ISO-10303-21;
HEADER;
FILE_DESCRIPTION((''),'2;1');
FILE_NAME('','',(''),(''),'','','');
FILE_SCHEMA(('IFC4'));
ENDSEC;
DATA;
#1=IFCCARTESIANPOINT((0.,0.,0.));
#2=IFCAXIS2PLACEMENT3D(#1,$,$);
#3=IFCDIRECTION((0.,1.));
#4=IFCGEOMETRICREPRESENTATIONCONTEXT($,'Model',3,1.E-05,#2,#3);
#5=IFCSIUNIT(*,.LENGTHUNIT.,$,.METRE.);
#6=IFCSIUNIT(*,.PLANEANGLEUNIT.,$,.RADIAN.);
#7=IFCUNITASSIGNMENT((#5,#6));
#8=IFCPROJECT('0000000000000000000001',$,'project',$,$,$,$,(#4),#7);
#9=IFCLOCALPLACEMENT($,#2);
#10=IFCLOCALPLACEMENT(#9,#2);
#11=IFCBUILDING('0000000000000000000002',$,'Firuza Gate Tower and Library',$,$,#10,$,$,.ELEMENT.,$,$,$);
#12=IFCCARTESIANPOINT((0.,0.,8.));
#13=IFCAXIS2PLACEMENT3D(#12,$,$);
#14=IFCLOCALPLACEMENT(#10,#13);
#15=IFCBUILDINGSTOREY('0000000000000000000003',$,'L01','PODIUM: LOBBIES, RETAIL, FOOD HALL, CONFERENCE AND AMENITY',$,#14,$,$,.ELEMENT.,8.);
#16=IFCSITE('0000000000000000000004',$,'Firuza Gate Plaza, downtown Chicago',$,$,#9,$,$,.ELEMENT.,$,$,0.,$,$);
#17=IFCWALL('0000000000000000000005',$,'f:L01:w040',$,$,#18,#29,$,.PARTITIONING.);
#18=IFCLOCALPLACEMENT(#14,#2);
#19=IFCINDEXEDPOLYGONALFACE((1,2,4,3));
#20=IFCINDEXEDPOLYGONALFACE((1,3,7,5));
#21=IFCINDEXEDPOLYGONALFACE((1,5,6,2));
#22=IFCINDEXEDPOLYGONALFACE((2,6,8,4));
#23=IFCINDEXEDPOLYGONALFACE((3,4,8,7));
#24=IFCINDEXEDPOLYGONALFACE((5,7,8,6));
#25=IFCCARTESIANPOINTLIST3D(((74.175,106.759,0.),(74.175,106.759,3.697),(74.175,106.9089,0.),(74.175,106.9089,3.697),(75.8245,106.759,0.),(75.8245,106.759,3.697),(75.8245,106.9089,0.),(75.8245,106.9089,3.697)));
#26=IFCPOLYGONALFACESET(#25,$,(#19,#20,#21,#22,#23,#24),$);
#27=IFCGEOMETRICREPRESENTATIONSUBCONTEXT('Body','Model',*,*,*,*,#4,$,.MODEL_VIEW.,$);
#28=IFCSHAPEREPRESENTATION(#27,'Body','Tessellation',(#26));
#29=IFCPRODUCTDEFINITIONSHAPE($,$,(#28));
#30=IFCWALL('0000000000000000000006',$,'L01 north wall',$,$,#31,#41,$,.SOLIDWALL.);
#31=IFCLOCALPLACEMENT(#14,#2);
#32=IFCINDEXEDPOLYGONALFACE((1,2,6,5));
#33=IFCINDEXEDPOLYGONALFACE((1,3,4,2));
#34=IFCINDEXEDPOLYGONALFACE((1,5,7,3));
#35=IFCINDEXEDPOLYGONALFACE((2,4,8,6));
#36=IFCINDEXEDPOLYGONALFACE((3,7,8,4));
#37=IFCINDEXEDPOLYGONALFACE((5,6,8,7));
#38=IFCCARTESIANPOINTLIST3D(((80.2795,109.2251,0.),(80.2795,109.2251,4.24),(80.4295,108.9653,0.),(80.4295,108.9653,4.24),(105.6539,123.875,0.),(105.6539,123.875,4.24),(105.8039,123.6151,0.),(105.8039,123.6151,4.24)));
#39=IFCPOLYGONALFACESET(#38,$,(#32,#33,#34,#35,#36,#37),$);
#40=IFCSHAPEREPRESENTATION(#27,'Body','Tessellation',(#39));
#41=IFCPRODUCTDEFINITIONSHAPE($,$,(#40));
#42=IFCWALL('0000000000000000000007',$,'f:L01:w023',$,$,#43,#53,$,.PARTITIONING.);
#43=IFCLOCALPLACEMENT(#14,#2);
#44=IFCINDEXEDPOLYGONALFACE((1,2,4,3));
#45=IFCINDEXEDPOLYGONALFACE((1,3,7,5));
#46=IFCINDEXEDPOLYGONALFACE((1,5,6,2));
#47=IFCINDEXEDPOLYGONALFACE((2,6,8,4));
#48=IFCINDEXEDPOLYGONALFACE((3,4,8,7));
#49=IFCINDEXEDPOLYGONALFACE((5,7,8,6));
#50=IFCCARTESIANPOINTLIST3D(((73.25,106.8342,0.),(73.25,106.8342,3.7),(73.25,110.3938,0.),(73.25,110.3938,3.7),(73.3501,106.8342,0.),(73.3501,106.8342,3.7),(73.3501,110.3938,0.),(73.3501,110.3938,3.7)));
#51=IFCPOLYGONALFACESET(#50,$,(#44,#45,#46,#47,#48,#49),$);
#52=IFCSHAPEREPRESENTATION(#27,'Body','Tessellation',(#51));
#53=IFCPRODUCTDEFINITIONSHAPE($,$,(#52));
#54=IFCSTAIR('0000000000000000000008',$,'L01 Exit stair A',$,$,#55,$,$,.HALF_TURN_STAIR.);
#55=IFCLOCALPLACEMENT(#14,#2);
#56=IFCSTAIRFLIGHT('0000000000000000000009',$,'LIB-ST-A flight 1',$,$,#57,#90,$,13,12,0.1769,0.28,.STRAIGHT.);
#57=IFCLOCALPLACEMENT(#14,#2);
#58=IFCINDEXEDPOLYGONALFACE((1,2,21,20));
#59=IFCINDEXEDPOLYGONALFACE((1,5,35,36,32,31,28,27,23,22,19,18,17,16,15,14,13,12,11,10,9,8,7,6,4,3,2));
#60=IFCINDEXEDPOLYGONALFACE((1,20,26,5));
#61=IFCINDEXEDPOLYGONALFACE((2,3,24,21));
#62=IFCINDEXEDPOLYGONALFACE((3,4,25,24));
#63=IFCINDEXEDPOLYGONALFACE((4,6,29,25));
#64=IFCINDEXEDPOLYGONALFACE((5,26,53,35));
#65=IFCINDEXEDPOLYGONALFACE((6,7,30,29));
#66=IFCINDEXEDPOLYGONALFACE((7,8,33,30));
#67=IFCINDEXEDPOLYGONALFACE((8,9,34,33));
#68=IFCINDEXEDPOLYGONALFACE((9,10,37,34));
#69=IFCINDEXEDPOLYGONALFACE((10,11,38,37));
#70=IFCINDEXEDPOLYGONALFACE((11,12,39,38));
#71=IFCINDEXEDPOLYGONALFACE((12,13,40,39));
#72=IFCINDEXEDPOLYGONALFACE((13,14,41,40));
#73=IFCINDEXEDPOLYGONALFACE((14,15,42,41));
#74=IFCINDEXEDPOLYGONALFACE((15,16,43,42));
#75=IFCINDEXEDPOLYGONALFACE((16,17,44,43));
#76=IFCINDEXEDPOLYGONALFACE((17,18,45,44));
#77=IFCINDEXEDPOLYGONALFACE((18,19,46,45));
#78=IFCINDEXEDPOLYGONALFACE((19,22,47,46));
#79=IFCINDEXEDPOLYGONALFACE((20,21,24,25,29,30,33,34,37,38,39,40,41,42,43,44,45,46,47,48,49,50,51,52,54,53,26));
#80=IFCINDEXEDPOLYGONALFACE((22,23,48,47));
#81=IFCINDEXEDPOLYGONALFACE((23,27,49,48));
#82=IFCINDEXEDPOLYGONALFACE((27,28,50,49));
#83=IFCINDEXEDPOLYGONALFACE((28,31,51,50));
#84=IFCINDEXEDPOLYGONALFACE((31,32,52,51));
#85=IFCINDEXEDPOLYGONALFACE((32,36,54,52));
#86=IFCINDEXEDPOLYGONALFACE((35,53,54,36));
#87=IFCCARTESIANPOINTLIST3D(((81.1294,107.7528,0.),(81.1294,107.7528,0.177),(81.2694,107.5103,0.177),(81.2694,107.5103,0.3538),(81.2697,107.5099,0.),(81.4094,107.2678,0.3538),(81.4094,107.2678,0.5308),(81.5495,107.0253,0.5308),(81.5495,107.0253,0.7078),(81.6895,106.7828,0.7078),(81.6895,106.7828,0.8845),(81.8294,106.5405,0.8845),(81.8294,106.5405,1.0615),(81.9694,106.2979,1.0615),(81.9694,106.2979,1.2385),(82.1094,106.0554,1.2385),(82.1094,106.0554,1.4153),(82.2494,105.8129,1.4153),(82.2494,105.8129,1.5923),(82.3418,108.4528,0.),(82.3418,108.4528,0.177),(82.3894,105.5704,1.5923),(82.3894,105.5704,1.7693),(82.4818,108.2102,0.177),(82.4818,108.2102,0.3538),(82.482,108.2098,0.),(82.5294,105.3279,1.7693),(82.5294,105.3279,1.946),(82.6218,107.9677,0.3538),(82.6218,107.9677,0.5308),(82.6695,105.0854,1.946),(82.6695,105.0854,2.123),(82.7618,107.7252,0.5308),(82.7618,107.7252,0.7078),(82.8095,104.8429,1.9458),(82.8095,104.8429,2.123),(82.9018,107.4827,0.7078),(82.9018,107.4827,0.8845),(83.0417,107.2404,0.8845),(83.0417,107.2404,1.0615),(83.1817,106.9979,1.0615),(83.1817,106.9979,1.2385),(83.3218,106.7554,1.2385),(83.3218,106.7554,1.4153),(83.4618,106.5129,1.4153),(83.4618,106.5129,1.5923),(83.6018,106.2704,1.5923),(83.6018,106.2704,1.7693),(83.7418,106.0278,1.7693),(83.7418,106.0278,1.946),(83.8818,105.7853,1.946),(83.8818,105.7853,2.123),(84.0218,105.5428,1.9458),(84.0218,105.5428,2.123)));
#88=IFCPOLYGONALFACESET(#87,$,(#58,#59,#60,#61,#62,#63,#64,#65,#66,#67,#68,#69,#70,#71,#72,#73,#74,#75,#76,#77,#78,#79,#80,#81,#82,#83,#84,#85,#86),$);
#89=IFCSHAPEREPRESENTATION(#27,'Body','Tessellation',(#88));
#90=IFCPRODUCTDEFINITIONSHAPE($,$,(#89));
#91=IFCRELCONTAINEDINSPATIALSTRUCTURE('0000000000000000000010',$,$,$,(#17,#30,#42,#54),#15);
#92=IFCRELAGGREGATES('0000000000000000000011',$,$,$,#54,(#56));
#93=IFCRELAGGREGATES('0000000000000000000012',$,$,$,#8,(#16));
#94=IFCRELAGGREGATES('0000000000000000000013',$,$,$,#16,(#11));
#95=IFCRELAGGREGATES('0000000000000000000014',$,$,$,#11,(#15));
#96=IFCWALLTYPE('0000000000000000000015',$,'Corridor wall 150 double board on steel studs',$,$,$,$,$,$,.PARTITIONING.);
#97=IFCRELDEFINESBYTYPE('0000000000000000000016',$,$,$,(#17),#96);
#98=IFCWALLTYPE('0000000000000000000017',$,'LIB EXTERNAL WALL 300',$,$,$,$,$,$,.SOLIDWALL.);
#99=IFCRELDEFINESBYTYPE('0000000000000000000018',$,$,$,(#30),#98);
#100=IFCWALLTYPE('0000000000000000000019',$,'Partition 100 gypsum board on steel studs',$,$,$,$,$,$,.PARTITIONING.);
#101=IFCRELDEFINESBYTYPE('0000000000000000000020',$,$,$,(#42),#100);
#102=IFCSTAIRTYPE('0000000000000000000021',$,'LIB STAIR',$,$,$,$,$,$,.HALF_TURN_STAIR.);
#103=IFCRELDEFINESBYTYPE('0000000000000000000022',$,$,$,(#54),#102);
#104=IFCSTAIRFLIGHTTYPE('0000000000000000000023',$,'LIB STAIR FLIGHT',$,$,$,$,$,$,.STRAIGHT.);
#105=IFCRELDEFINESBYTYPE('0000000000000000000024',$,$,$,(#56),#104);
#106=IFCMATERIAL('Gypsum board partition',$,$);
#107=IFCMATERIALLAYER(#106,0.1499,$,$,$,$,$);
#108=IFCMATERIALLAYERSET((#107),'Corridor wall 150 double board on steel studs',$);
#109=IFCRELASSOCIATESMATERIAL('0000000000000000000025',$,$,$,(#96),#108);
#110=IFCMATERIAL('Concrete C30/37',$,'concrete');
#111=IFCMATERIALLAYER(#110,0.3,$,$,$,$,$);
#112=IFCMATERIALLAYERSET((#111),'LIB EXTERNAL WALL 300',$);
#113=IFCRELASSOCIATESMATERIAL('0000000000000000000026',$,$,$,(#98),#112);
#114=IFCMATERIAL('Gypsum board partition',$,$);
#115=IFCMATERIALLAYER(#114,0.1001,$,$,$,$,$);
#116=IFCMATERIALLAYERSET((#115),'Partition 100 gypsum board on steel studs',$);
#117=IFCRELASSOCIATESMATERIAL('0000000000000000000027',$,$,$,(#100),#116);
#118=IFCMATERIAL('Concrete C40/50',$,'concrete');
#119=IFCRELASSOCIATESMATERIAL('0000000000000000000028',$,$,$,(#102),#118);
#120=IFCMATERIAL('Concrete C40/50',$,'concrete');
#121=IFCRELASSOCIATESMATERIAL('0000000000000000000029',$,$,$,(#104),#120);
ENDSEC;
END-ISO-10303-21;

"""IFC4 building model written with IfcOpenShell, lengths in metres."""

from ifc_helpers import new_model, si_unit, direction, frame, frame_2d, origin, place, context, subcontext, project, spatial, polyline, rectangle, outline, extrude, material, layer, layer_set, type_object, element, aggregate, save


model = new_model("IFC4")

# Units and contexts
model_context = context("Model", 3, precision=1e-05, world=origin(), true_north=direction((0.0, 1.0)))
body_context = subcontext(model_context, "Body", "Model", "MODEL_VIEW")
ifc_project = project(units=[si_unit("LENGTHUNIT", "METRE"), si_unit("PLANEANGLEUNIT", "RADIAN")], contexts=[model_context])

# Site, building, storey
site_placement = place(None, origin())
site = spatial("IfcSite", under=ifc_project, at=site_placement, Name="Firuza Gate Plaza, downtown Chicago", CompositionType="ELEMENT", RefElevation=0.0)
building_placement = place(site_placement, origin())
building = spatial("IfcBuilding", under=site, at=building_placement, Name="Firuza Gate Tower and Library", CompositionType="ELEMENT")
storey_placement = place(building_placement, frame((0.0, 0.0, 8.0)))
storey = spatial("IfcBuildingStorey", under=building, at=storey_placement, Name="L01", Description="PODIUM: LOBBIES, RETAIL, FOOD HALL, CONFERENCE AND AMENITY", CompositionType="ELEMENT", Elevation=8.0)

# Shared definitions
placement = place(storey_placement, origin())

# Walls
ifc_material_1 = material(Name="Gypsum board partition")
ifc_layer_1 = layer(ifc_material_1, 0.1499)
ifc_layer_set_1 = layer_set([ifc_layer_1], Name="Corridor wall 150 double board on steel studs")
wall_type_1 = type_object("IfcWallType", Name="Corridor wall 150 double board on steel studs", PredefinedType="PARTITIONING", material=ifc_layer_set_1)
wall_1_placement = place(storey_placement, frame((74.175, 106.834, 0.0), z_axis=(0.0, 0.0, 1.0), x_axis=(1.0, 0.0, 0.0)))
element("IfcWall", 1, at=wall_1_placement, inside=storey, type_object=wall_type_1, Name="f:L01:w040", PredefinedType="PARTITIONING", context=body_context, shape_type="SweptSolid", body=[
    extrude(rectangle(XDim=1.6494, YDim=0.1499, at=frame_2d((0.8247, 0.0))), origin(), (0.0, 0.0, 1.0), 3.697),
])
ifc_material_2 = material(Name="Concrete C30/37", Category="concrete")
ifc_layer_2 = layer(ifc_material_2, 0.3)
ifc_layer_set_2 = layer_set([ifc_layer_2], Name="LIB EXTERNAL WALL 300")
wall_type_2 = type_object("IfcWallType", Name="LIB EXTERNAL WALL 300", PredefinedType="SOLIDWALL", material=ifc_layer_set_2)
wall_2_placement = place(storey_placement, frame((80.3545, 109.0952, 0.0), z_axis=(0.0, 0.0, 1.0), x_axis=(0.866027, 0.499998, 0.0)))
element("IfcWall", 2, at=wall_2_placement, inside=storey, type_object=wall_type_2, Name="L01 north wall", PredefinedType="SOLIDWALL", context=body_context, shape_type="SweptSolid", body=[
    extrude(rectangle(XDim=29.2998, YDim=0.3, at=frame_2d((14.6499, 0.0))), origin(), (0.0, 0.0, 1.0), 4.24),
])
ifc_material_3 = material(Name="Gypsum board partition")
ifc_layer_3 = layer(ifc_material_3, 0.1001)
ifc_layer_set_3 = layer_set([ifc_layer_3], Name="Partition 100 gypsum board on steel studs")
wall_type_3 = type_object("IfcWallType", Name="Partition 100 gypsum board on steel studs", PredefinedType="PARTITIONING", material=ifc_layer_set_3)
wall_3_placement = place(storey_placement, frame((73.3, 106.8342, 0.0), z_axis=(0.0, 0.0, 1.0), x_axis=(0.0, 1.0, 0.0)))
element("IfcWall", 3, at=wall_3_placement, inside=storey, type_object=wall_type_3, Name="f:L01:w023", PredefinedType="PARTITIONING", context=body_context, shape_type="SweptSolid", body=[
    extrude(rectangle(XDim=3.5596, YDim=0.1001, at=frame_2d((1.7798, 0.0))), origin(), (0.0, 0.0, 1.0), 3.7),
])

# Stair, stair flight
ifc_material_4 = material(Name="Concrete C40/50", Category="concrete")
stair_type = type_object("IfcStairType", Name="LIB STAIR", PredefinedType="HALF_TURN_STAIR", material=ifc_material_4)
stair = element("IfcStair", 4, at=placement, inside=storey, type_object=stair_type, Name="L01 Exit stair A", PredefinedType="HALF_TURN_STAIR")
ifc_material_5 = material(Name="Concrete C40/50", Category="concrete")
stair_flight_type = type_object("IfcStairFlightType", Name="LIB STAIR FLIGHT", PredefinedType="STRAIGHT", material=ifc_material_5)
stair_flight_placement = place(storey_placement, frame((81.7356, 108.1028, 0.0), z_axis=(0.0, 0.0, 1.0), x_axis=(0.5, -0.866025, 0.0)))
stair_flight = element("IfcStairFlight", 5, at=stair_flight_placement, type_object=stair_flight_type, Name="LIB-ST-A flight 1", NumberOfRisers=13, NumberOfTreads=12, PredefinedType="STRAIGHT", RiserHeight=0.1769, TreadLength=0.28, context=body_context, shape_type="SweptSolid", body=[
    extrude(outline(polyline([(0.0, 0.0), (0.0, 0.177), (0.28, 0.177), (0.28, 0.3538), (0.5601, 0.3538), (0.5601, 0.5308), (0.8401, 0.5308), (0.8401, 0.7078), (1.1201, 0.7078), (1.1201, 0.8845), (1.3999, 0.8845), (1.3999, 1.0615), (1.6799, 1.0615), (1.6799, 1.2385), (1.96, 1.2385), (1.96, 1.4153), (2.24, 1.4153), (2.24, 1.5923), (2.52, 1.5923), (2.52, 1.7693), (2.8, 1.7693), (2.8, 1.946), (3.0801, 1.946), (3.0801, 2.123), (3.3601, 2.123), (3.3601, 2.3), (3.3601, 1.9458), (0.2805, 0.0), (0.0, 0.0)])), frame((0.0, 0.7, 0.0), z_axis=(0.0, -1.0, 0.0), x_axis=(1.0, 0.0, 0.0)), (0.0, 0.0, 1.0), 1.3999),
])
aggregate(stair, [stair_flight])

save(model, "model.ifc")
